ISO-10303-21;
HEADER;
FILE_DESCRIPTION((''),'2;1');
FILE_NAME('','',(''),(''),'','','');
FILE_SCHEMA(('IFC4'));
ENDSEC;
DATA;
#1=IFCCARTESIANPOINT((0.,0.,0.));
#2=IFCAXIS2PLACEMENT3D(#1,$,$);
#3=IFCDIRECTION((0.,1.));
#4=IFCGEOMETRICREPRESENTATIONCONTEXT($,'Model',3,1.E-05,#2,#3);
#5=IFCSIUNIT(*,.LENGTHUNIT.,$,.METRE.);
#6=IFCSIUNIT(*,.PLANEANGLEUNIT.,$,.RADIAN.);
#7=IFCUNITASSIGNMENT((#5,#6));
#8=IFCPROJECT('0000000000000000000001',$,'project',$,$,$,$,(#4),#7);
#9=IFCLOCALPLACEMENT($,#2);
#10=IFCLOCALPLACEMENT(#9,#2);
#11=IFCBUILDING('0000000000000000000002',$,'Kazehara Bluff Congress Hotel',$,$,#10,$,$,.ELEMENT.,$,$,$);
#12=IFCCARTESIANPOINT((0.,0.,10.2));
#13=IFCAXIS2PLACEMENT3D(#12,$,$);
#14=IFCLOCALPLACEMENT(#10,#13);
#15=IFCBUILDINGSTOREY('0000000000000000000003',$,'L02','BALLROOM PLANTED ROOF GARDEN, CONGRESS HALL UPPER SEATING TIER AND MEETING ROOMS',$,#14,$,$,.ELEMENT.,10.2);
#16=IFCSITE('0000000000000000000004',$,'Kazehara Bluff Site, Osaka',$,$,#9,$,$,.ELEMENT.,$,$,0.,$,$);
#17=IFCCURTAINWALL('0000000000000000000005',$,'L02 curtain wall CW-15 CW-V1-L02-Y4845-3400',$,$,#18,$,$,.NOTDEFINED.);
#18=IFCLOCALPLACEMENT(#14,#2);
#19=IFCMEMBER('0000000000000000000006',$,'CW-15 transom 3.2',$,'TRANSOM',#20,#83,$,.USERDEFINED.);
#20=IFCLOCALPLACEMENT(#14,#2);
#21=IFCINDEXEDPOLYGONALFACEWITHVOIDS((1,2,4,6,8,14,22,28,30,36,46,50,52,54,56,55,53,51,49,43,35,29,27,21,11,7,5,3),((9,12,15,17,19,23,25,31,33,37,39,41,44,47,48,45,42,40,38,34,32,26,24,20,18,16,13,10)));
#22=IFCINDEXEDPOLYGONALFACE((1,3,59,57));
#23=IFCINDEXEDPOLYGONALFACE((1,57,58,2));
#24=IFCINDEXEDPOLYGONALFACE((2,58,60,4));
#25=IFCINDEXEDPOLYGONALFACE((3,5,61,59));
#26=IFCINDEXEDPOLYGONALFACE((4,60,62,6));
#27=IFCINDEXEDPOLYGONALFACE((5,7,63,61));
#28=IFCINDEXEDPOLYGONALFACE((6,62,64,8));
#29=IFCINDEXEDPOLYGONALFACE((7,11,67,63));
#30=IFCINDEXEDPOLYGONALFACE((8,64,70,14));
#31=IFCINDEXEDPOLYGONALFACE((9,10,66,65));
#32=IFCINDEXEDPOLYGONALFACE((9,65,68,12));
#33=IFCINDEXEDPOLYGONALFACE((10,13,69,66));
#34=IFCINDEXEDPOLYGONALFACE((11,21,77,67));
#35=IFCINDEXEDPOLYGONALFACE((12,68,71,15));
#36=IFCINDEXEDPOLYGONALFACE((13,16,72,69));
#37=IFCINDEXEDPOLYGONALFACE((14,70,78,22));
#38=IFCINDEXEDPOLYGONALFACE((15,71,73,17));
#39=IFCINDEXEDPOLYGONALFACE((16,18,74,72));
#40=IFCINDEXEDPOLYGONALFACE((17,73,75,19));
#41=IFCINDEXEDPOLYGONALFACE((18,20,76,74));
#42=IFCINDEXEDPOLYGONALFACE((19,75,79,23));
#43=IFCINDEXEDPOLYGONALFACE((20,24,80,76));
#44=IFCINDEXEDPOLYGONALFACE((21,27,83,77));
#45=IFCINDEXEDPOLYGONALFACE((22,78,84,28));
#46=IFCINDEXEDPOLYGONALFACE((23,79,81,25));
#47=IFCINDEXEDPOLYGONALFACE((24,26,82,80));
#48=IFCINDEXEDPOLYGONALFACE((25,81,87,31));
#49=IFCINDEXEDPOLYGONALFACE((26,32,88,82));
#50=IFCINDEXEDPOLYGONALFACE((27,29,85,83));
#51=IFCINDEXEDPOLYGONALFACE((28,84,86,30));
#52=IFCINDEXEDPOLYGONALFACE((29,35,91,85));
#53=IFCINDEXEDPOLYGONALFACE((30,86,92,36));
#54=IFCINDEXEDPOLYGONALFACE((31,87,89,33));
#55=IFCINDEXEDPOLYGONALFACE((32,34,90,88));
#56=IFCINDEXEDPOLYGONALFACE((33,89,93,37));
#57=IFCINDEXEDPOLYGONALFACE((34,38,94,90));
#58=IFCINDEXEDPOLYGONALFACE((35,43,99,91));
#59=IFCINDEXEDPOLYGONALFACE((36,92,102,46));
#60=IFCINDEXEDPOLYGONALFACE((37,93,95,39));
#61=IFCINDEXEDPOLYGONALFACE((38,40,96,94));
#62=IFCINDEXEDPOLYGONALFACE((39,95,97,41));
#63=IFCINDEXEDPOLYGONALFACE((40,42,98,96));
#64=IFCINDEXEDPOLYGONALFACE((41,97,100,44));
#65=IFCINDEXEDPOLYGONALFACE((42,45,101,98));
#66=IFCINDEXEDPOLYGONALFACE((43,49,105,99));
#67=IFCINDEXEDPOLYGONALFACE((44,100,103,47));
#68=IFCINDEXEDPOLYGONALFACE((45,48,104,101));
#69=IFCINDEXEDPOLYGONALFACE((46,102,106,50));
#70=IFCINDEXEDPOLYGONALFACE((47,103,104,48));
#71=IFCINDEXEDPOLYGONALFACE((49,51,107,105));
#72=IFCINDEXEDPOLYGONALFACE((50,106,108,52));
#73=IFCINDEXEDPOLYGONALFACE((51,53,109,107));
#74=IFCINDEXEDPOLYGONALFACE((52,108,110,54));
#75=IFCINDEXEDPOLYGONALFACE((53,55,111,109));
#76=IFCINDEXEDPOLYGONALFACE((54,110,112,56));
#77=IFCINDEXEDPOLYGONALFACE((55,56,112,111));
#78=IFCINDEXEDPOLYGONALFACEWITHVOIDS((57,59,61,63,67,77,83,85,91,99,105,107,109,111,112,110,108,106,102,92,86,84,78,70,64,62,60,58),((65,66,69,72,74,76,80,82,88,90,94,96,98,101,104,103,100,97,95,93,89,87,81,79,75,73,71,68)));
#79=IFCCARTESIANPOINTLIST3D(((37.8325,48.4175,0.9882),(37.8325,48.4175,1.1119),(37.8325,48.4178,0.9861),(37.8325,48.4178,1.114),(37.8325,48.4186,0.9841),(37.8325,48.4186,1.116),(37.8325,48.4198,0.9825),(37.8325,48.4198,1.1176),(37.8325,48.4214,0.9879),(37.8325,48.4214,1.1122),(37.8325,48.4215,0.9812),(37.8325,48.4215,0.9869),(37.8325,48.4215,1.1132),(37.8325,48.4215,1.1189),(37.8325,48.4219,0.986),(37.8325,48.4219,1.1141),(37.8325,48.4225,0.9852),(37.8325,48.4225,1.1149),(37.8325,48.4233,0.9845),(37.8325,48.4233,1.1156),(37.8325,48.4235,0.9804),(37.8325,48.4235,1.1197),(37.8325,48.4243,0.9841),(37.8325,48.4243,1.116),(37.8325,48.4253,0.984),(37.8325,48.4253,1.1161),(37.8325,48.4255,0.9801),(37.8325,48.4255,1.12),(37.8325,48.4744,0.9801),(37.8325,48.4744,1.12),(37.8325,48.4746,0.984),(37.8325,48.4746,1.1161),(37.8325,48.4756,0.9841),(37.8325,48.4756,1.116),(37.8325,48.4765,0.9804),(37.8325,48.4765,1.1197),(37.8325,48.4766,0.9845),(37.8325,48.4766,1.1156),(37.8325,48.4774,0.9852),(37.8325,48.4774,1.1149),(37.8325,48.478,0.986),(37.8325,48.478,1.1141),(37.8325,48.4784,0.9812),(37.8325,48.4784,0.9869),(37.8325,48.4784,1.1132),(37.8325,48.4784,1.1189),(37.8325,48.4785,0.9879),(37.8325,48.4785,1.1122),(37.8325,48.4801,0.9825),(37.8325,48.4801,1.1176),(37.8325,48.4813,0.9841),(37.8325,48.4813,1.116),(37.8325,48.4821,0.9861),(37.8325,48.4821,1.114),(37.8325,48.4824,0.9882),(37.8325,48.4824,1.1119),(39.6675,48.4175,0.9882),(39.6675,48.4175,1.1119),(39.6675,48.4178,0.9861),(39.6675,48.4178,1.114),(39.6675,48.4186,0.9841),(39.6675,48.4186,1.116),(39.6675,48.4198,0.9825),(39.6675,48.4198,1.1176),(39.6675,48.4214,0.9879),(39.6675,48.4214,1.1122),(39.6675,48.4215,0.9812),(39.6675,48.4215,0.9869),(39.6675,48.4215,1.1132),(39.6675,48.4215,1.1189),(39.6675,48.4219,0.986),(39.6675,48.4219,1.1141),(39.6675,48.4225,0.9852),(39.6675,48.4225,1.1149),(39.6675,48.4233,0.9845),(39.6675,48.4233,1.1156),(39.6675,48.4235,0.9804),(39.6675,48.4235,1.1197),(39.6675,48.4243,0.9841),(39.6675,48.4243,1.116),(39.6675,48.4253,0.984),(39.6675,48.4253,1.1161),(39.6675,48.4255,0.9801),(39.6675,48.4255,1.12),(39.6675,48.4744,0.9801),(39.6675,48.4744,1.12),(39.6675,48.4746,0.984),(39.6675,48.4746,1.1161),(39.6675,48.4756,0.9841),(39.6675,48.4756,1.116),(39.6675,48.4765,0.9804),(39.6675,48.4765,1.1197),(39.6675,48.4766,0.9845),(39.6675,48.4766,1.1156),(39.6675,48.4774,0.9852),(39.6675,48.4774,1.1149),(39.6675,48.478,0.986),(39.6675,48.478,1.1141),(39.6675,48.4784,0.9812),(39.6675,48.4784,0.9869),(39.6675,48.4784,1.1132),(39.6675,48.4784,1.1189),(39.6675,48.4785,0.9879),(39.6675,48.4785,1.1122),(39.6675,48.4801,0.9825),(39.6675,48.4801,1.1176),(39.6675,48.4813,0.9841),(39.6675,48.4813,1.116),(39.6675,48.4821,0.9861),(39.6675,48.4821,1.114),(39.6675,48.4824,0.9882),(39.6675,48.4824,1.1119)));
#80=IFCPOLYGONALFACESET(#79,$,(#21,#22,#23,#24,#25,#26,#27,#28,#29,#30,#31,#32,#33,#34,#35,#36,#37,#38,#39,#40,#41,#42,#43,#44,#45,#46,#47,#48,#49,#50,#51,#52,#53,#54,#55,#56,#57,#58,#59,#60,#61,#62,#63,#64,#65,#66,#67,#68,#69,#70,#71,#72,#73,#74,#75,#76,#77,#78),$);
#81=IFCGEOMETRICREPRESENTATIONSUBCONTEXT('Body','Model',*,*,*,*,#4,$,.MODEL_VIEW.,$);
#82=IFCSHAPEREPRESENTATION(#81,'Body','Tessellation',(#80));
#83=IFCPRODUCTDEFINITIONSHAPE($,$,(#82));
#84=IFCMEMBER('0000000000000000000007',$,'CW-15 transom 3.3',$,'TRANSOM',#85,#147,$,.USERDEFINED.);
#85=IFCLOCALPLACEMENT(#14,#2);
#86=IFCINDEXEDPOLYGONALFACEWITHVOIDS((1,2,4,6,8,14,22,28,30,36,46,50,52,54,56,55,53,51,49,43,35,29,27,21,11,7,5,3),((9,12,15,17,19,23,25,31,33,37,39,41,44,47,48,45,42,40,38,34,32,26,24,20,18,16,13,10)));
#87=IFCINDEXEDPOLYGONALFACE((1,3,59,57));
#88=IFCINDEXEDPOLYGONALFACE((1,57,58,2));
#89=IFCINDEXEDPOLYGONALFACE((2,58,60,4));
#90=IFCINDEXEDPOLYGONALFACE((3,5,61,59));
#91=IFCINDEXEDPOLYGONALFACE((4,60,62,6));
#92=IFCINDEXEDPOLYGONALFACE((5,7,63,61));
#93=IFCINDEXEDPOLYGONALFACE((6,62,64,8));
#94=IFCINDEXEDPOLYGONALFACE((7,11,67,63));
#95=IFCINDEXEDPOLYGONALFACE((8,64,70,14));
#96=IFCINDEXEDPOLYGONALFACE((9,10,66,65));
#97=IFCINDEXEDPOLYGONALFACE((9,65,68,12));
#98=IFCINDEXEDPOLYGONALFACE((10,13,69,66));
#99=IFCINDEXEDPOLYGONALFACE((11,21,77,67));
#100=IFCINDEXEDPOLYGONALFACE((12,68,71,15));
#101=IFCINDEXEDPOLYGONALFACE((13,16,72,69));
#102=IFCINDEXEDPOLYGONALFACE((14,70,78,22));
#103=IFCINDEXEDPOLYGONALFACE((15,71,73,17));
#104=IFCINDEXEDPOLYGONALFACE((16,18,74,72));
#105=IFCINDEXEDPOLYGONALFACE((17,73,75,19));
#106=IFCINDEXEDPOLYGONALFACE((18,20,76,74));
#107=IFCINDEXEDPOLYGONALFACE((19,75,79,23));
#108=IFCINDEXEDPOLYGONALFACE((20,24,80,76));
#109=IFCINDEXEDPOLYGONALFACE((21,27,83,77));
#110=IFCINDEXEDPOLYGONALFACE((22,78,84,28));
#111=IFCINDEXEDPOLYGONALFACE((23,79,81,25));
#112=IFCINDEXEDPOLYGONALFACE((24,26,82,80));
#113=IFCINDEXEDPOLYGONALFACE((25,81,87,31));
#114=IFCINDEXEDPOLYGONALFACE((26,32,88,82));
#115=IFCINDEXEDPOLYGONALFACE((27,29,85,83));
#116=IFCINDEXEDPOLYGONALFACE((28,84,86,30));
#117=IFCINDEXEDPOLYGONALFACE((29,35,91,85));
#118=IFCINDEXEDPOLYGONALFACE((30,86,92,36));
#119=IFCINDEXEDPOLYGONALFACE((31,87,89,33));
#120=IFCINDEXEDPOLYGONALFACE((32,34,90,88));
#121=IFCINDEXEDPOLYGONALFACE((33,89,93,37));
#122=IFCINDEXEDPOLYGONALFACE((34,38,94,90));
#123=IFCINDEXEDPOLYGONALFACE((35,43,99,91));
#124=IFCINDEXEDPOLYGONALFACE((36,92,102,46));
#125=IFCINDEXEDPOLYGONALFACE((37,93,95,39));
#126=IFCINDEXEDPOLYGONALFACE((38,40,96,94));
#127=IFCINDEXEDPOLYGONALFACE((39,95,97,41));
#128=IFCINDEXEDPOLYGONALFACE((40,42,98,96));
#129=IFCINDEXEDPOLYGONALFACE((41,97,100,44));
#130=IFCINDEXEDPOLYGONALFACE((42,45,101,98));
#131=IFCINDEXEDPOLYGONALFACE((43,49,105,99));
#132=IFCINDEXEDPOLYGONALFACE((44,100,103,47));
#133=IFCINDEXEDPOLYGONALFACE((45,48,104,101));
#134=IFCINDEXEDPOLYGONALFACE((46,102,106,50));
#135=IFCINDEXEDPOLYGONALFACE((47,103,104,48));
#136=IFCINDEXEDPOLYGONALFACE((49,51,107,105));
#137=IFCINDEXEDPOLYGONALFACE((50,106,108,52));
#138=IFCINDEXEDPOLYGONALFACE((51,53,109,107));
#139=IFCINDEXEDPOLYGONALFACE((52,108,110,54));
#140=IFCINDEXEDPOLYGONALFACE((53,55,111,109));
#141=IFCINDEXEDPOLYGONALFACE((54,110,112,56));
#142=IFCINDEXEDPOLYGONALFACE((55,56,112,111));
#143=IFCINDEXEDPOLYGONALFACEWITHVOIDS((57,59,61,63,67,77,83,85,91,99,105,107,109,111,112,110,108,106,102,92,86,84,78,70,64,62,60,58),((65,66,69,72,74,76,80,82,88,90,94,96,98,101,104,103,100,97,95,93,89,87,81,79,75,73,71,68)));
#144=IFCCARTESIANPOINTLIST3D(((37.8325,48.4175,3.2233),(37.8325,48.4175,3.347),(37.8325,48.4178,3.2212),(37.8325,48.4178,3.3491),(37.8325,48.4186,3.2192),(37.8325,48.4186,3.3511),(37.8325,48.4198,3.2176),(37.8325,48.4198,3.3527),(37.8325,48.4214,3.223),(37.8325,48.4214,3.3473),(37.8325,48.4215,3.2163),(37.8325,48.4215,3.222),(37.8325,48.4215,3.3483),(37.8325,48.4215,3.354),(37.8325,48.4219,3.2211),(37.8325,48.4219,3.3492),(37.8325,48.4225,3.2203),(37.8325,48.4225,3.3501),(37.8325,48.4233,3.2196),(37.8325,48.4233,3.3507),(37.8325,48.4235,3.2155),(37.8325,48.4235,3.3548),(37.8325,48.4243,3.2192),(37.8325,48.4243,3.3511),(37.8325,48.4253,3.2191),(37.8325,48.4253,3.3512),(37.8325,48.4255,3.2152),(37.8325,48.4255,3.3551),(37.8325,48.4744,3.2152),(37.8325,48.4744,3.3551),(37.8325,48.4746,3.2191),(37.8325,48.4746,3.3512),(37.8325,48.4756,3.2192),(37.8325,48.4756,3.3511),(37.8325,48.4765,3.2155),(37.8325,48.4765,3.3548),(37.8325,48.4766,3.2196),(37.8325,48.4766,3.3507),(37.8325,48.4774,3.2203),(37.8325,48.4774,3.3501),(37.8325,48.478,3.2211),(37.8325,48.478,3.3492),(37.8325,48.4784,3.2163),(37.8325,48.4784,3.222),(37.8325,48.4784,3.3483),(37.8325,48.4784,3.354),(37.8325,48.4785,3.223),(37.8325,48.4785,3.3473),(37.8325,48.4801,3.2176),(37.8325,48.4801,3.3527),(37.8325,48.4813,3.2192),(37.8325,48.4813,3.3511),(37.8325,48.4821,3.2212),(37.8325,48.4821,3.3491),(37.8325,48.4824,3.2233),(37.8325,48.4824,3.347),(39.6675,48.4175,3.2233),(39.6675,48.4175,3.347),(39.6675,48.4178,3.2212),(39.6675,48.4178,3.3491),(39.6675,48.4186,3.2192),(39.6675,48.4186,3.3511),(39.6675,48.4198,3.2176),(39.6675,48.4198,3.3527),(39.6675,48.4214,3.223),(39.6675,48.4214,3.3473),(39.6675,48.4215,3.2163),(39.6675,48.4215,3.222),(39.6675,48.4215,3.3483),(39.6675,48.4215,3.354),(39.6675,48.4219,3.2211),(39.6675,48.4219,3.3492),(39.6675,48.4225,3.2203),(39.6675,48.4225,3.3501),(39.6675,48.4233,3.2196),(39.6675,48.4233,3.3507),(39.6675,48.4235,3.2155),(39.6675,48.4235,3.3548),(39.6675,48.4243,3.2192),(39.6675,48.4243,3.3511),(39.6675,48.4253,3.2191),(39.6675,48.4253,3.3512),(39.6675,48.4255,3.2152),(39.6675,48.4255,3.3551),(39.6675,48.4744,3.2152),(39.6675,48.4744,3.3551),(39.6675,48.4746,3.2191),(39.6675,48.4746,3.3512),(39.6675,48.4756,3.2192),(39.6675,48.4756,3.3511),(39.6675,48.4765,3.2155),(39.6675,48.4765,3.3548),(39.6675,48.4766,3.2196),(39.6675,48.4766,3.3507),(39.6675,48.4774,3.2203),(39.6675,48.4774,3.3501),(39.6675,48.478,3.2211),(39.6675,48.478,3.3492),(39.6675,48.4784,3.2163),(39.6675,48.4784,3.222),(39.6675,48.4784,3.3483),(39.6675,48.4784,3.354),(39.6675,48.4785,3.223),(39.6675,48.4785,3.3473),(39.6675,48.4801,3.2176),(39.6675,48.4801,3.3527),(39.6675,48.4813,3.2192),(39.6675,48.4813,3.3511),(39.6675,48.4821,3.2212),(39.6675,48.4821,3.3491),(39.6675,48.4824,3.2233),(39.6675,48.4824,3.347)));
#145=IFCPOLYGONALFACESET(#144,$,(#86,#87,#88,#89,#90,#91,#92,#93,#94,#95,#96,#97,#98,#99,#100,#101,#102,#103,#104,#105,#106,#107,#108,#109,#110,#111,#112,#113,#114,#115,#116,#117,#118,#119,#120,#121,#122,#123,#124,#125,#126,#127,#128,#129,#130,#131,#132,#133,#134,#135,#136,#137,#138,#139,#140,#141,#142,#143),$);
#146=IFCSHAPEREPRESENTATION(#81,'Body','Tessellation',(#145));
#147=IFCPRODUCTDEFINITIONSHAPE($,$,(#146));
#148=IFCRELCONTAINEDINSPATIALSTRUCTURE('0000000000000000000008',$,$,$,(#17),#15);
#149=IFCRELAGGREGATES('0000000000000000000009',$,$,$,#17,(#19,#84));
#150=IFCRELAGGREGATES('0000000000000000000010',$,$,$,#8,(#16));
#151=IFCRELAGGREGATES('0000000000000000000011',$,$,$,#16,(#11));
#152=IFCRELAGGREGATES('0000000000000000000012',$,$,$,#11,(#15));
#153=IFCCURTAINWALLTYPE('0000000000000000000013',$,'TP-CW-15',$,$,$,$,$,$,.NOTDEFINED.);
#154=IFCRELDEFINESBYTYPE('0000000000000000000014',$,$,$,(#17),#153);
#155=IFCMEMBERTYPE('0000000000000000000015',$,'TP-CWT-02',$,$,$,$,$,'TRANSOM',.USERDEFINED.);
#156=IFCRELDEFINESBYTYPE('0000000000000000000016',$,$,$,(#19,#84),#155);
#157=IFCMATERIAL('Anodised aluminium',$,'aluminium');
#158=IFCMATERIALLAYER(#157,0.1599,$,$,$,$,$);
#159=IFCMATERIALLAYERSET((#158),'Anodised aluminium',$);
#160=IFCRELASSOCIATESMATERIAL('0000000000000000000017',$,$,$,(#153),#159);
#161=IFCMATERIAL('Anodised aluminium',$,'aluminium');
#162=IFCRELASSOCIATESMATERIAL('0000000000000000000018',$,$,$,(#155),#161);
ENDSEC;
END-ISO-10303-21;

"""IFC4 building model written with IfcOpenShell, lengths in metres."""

from ifc_helpers import new_model, si_unit, direction, frame, origin, origin_2d, place, context, subcontext, project, spatial, hollow_rectangle, extrude, material, layer, layer_set, material_profile, profile_set, type_object, element, aggregate, save


model = new_model("IFC4")

# Units and contexts
model_context = context("Model", 3, precision=1e-05, world=origin(), true_north=direction((0.0, 1.0)))
body_context = subcontext(model_context, "Body", "Model", "MODEL_VIEW")
ifc_project = project(units=[si_unit("LENGTHUNIT", "METRE"), si_unit("PLANEANGLEUNIT", "RADIAN")], contexts=[model_context])

# Site, building, storey
site_placement = place(None, origin())
site = spatial("IfcSite", under=ifc_project, at=site_placement, Name="Kazehara Bluff Site, Osaka", CompositionType="ELEMENT", RefElevation=0.0)
building_placement = place(site_placement, origin())
building = spatial("IfcBuilding", under=site, at=building_placement, Name="Kazehara Bluff Congress Hotel", CompositionType="ELEMENT")
storey_placement = place(building_placement, frame((0.0, 0.0, 10.2)))
storey = spatial("IfcBuildingStorey", under=building, at=storey_placement, Name="L02", Description="BALLROOM PLANTED ROOF GARDEN, CONGRESS HALL UPPER SEATING TIER AND MEETING ROOMS", CompositionType="ELEMENT", Elevation=10.2)

# Curtain wall, members
ifc_material_1 = material(Name="Anodised aluminium", Category="aluminium")
ifc_layer_1 = layer(ifc_material_1, 0.1599)
ifc_layer_set_1 = layer_set([ifc_layer_1], Name="Anodised aluminium")
curtain_wall_type = type_object("IfcCurtainWallType", Name="TP-CW-15", PredefinedType="NOTDEFINED", material=ifc_layer_set_1)
curtain_wall_placement = place(storey_placement, origin())
curtain_wall = element("IfcCurtainWall", 1, at=curtain_wall_placement, inside=storey, type_object=curtain_wall_type, Name="L02 curtain wall CW-15 CW-V1-L02-Y4845-3400", PredefinedType="NOTDEFINED")
ifc_material_2 = material(Name="Anodised aluminium", Category="aluminium")
ifc_material_profile_1 = material_profile(ifc_material_2, hollow_rectangle(XDim=0.0649, YDim=0.1399, WallThickness=0.0039, InnerFilletRadius=0.0039, OuterFilletRadius=0.0081, at=origin_2d()))
ifc_profile_set_1 = profile_set([ifc_material_profile_1], Name="Anodised aluminium")
member_type_1 = type_object("IfcMemberType", Name="TP-CWT-02", ElementType="TRANSOM", PredefinedType="USERDEFINED", material=ifc_profile_set_1)
member_1_placement = place(storey_placement, frame((37.8325, 48.45, 1.05), z_axis=(1.0, 0.0, 0.0), x_axis=(0.0, 1.0, 0.0)))
member_1 = element("IfcMember", 2, at=member_1_placement, type_object=member_type_1, Name="CW-15 transom 3.2", ObjectType="TRANSOM", PredefinedType="USERDEFINED", context=body_context, shape_type="SweptSolid", body=[
    extrude(hollow_rectangle(XDim=0.0649, YDim=0.1399, WallThickness=0.0039, InnerFilletRadius=0.0039, OuterFilletRadius=0.0081, at=origin_2d()), origin(), (0.0, 0.0, 1.0), 1.835),
])
member_2_placement = place(storey_placement, frame((37.8325, 48.45, 3.2852), z_axis=(1.0, 0.0, 0.0), x_axis=(0.0, 1.0, 0.0)))
member_2 = element("IfcMember", 3, at=member_2_placement, type_object=member_type_1, Name="CW-15 transom 3.3", ObjectType="TRANSOM", PredefinedType="USERDEFINED", context=body_context, shape_type="SweptSolid", body=[
    extrude(hollow_rectangle(XDim=0.0649, YDim=0.1399, WallThickness=0.0039, InnerFilletRadius=0.0039, OuterFilletRadius=0.0081, at=origin_2d()), origin(), (0.0, 0.0, 1.0), 1.835),
])

aggregate(curtain_wall, [member_1, member_2])

save(model, "model.ifc")
